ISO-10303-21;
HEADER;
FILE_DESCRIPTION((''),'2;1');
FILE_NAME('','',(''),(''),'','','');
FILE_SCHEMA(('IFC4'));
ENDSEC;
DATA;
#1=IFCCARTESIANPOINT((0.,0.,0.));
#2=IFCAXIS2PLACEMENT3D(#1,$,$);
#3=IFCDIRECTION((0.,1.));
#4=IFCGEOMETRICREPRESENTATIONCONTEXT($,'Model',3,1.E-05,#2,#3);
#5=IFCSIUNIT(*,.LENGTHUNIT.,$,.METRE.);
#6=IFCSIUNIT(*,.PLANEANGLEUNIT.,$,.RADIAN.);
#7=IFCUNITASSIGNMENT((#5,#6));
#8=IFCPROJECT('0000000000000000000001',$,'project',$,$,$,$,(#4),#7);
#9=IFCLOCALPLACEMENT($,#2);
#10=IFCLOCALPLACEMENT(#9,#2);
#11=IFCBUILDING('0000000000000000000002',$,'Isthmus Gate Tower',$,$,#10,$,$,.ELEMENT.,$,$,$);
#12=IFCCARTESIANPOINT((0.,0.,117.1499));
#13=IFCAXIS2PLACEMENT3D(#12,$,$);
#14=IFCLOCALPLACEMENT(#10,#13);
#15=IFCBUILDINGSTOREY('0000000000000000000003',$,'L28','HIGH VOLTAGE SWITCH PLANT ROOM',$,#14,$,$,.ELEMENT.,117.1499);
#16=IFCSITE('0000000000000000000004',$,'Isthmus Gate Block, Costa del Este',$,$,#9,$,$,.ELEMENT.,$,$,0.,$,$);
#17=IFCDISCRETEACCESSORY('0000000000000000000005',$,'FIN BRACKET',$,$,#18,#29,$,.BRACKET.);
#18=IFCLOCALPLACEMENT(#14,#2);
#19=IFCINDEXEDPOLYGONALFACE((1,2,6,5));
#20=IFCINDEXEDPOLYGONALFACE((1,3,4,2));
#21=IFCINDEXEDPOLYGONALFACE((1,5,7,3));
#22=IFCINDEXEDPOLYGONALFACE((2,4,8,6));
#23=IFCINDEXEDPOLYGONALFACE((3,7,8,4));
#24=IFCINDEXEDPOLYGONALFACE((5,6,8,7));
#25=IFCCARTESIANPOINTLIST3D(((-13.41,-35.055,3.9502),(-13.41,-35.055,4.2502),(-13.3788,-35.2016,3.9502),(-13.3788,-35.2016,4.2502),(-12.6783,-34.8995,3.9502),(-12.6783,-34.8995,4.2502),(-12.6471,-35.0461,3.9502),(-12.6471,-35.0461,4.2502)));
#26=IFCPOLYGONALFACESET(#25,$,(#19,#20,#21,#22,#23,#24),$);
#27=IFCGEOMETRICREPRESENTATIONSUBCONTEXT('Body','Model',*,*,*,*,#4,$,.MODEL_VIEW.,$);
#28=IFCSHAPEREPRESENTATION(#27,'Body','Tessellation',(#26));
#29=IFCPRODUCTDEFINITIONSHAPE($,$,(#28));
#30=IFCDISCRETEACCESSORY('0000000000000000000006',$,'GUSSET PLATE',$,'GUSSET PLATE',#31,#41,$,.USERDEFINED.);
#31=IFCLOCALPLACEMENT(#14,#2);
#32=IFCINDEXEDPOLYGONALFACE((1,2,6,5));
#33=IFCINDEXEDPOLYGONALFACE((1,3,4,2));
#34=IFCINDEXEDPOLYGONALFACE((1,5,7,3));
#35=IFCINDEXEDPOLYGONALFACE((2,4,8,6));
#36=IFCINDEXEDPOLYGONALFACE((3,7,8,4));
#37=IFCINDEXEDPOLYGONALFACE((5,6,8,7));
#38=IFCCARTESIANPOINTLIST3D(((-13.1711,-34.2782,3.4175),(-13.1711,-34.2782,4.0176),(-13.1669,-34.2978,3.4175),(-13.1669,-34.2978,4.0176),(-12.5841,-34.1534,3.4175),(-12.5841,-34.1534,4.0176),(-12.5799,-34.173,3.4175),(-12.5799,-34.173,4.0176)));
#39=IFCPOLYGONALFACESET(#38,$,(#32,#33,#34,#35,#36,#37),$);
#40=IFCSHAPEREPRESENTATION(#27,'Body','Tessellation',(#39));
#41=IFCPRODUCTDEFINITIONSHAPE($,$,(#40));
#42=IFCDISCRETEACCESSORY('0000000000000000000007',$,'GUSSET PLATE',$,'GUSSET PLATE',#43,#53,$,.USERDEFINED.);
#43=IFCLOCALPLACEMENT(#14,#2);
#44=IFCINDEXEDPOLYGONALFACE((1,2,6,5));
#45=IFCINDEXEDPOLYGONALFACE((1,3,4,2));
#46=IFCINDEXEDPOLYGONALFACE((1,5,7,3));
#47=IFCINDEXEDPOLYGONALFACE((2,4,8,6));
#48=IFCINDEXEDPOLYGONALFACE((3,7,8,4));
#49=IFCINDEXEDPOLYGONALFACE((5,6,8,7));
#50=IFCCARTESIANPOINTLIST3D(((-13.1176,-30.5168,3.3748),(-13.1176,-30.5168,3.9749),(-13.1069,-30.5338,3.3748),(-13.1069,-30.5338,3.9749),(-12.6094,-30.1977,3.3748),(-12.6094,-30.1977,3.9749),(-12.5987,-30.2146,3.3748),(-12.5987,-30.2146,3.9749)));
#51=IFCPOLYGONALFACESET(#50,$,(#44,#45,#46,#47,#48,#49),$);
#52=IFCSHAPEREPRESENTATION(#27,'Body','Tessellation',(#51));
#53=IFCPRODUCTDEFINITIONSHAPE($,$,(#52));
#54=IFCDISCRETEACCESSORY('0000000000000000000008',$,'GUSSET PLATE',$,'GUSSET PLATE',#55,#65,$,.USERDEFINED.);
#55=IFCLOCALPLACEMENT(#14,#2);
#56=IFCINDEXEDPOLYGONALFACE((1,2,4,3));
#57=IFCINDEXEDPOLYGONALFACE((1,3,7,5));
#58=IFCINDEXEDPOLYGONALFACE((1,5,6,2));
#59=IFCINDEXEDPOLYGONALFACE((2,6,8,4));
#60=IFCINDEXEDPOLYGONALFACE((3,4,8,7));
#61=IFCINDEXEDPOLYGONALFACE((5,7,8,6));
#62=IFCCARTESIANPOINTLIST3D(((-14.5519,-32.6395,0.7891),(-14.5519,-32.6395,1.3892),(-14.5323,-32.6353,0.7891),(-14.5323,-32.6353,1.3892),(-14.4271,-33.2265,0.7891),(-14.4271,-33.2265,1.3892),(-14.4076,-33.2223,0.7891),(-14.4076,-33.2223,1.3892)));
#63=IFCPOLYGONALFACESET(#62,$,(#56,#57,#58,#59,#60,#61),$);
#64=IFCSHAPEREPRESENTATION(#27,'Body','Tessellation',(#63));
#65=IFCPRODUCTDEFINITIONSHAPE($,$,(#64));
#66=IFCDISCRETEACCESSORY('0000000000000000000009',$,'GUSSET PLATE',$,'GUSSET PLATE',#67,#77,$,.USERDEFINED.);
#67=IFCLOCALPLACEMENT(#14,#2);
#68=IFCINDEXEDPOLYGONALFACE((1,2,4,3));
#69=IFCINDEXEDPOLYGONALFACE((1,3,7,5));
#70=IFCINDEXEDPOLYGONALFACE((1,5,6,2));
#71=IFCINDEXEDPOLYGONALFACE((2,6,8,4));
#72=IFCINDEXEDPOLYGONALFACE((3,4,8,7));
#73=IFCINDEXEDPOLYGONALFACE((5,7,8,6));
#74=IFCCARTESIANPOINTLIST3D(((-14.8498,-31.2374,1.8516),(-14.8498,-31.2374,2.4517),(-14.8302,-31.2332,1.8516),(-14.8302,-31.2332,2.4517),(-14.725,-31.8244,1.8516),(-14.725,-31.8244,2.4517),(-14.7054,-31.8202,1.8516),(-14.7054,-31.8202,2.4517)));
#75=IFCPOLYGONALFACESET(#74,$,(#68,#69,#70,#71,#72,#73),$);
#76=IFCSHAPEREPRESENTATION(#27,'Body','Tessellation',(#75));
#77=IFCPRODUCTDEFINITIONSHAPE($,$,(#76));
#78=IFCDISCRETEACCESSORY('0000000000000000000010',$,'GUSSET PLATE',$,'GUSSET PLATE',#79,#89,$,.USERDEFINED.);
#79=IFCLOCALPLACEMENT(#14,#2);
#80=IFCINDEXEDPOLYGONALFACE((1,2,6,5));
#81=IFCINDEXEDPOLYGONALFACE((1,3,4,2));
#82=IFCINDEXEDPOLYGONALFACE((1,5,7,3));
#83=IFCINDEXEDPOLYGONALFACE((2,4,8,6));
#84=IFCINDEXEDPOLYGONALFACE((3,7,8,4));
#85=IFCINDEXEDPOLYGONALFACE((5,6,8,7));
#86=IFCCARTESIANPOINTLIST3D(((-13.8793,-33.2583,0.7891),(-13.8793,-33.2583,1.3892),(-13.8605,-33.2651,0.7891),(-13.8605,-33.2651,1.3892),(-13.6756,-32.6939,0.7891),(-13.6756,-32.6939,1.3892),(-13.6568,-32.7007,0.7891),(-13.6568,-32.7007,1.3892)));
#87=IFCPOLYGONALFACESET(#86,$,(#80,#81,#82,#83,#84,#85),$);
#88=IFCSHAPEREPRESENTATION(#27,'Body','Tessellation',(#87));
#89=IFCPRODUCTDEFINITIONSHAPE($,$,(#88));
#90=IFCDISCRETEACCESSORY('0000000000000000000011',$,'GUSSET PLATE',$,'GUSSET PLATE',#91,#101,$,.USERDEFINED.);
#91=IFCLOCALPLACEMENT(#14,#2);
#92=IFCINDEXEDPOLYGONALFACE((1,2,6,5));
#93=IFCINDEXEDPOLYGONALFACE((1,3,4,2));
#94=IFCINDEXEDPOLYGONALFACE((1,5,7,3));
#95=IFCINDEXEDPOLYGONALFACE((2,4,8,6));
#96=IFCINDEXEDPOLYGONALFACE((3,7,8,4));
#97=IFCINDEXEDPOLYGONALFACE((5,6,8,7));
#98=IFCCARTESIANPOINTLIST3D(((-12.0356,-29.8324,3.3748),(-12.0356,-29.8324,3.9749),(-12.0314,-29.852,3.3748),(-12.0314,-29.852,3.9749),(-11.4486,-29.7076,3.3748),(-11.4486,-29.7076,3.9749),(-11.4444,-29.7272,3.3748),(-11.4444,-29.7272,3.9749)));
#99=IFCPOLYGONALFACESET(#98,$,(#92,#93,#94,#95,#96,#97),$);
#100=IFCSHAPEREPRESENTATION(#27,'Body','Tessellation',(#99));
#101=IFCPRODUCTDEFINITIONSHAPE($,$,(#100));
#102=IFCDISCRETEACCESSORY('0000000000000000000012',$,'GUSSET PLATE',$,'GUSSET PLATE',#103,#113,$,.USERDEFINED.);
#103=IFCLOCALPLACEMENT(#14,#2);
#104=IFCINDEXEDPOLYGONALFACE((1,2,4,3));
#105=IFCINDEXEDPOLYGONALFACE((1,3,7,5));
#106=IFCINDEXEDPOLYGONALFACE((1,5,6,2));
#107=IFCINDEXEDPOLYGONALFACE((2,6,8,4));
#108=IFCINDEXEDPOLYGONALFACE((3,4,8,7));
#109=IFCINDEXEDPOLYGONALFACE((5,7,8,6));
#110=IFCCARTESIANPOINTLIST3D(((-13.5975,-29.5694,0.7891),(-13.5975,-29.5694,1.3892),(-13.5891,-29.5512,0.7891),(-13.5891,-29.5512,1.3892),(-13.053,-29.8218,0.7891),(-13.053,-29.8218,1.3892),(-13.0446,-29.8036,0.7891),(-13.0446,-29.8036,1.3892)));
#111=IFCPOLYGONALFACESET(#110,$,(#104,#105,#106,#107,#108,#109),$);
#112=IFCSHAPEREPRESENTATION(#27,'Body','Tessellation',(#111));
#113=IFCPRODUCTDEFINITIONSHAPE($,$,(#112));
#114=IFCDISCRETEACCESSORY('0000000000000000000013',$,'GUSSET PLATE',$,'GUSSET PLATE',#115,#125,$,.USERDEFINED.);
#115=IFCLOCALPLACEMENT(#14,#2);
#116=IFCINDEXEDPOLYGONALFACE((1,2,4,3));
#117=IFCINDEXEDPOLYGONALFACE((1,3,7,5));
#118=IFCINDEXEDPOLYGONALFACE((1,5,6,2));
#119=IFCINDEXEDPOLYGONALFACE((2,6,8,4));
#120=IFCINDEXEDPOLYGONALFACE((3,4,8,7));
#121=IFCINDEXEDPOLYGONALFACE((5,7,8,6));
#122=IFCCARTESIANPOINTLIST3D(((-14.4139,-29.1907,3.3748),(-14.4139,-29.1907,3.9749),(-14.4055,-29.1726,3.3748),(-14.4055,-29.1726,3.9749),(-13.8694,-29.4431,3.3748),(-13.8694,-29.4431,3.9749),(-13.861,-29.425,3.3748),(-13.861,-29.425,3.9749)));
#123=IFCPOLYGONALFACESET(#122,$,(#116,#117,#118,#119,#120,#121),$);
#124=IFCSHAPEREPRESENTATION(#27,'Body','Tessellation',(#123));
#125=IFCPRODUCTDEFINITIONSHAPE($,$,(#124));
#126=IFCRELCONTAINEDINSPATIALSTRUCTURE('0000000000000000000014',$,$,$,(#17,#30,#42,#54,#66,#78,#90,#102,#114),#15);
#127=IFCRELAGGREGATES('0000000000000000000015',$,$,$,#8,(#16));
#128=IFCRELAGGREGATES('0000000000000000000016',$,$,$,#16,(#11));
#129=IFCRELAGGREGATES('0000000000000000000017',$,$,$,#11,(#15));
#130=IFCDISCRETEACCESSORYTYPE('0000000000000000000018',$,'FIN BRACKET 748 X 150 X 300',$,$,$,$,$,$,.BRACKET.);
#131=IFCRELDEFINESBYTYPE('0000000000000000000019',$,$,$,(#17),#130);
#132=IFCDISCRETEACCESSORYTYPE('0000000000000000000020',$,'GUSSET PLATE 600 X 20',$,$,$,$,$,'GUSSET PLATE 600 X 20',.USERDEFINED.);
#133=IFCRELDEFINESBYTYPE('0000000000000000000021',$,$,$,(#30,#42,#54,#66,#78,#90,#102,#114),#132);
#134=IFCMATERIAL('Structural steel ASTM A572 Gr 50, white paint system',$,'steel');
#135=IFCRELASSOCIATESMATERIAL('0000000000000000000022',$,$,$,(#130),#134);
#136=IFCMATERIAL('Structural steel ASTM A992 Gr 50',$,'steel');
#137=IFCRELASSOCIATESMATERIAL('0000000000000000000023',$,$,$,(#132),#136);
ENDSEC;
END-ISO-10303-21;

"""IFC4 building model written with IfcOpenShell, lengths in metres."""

from ifc_helpers import new_model, si_unit, direction, frame, origin, origin_2d, place, context, subcontext, project, spatial, rectangle, extrude, material, type_object, element, save


model = new_model("IFC4")

# Units and contexts
model_context = context("Model", 3, precision=1e-05, world=origin(), true_north=direction((0.0, 1.0)))
body_context = subcontext(model_context, "Body", "Model", "MODEL_VIEW")
ifc_project = project(units=[si_unit("LENGTHUNIT", "METRE"), si_unit("PLANEANGLEUNIT", "RADIAN")], contexts=[model_context])

# Site, building, storey
site_placement = place(None, origin())
site = spatial("IfcSite", under=ifc_project, at=site_placement, Name="Isthmus Gate Block, Costa del Este", CompositionType="ELEMENT", RefElevation=0.0)
building_placement = place(site_placement, origin())
building = spatial("IfcBuilding", under=site, at=building_placement, Name="Isthmus Gate Tower", CompositionType="ELEMENT")
storey_placement = place(building_placement, frame((0.0, 0.0, 117.1499)))
storey = spatial("IfcBuildingStorey", under=building, at=storey_placement, Name="L28", Description="HIGH VOLTAGE SWITCH PLANT ROOM", CompositionType="ELEMENT", Elevation=117.1499)

# Discrete accessories
ifc_material_1 = material(Name="Structural steel ASTM A572 Gr 50, white paint system", Category="steel")
discrete_accessory_type_1 = type_object("IfcDiscreteAccessoryType", Name="FIN BRACKET 748 X 150 X 300", PredefinedType="BRACKET", material=ifc_material_1)
discrete_accessory_placement = place(storey_placement, frame((-13.0286, -35.0505, 3.9502), z_axis=(0.0, 0.0, 1.0), x_axis=(0.207912, -0.978148, 0.0)))
element("IfcDiscreteAccessory", 1, at=discrete_accessory_placement, inside=storey, type_object=discrete_accessory_type_1, Name="FIN BRACKET", PredefinedType="BRACKET", context=body_context, shape_type="SweptSolid", body=[
    extrude(rectangle(XDim=0.1499, YDim=0.748, at=origin_2d()), origin(), (0.0, 0.0, 1.0), 0.3),
])
ifc_material_2 = material(Name="Structural steel ASTM A992 Gr 50", Category="steel")
discrete_accessory_type_2 = type_object("IfcDiscreteAccessoryType", Name="GUSSET PLATE 600 X 20", ElementType="GUSSET PLATE 600 X 20", PredefinedType="USERDEFINED", material=ifc_material_2)
for number, where, z_axis, x_axis, name in (
    (2, (-12.8755, -34.2256, 3.4175), (0.0, 0.0, 1.0), (-0.978148, -0.207912, 0.0), "GUSSET PLATE"),
    (3, (-12.8582, -30.3657, 3.3748), (0.0, 0.0, 1.0), (0.84684, 0.531847, 0.0), "GUSSET PLATE"),
    (4, (-14.4797, -32.9309, 0.7891), (0.0, 0.0, 1.0), (-0.207912, 0.978148, 0.0), "GUSSET PLATE"),
    (5, (-14.7776, -31.5288, 1.8516), (0.0, 0.0, 1.0), (-0.207912, 0.978148, 0.0), "GUSSET PLATE"),
    (6, (-13.7681, -32.9795, 0.7891), (0.0, 0.0, 1.0), (0.339452, 0.940623, 0.0), "GUSSET PLATE"),
    (7, (-11.74, -29.7798, 3.3748), (0.0, 0.0, 1.0), (-0.978148, -0.207912, 0.0), "GUSSET PLATE"),
    (8, (-13.321, -29.6865, 0.7891), (0.0, 0.0, 1.0), (-0.907256, 0.420578, 0.0), "GUSSET PLATE"),
    (9, (-14.1375, -29.3079, 3.3748), (0.0, 0.0, 1.0), (-0.907256, 0.420578, 0.0), "GUSSET PLATE"),
):
    element("IfcDiscreteAccessory", number, at=place(storey_placement, frame(where, z_axis=z_axis, x_axis=x_axis)), inside=storey, type_object=discrete_accessory_type_2, Name=name, ObjectType="GUSSET PLATE", PredefinedType="USERDEFINED", context=body_context, shape_type="SweptSolid", body=[
        extrude(rectangle(XDim=0.6001, YDim=0.02, at=origin_2d()), origin(), (0.0, 0.0, 1.0), 0.6001),
    ])

save(model, "model.ifc")
